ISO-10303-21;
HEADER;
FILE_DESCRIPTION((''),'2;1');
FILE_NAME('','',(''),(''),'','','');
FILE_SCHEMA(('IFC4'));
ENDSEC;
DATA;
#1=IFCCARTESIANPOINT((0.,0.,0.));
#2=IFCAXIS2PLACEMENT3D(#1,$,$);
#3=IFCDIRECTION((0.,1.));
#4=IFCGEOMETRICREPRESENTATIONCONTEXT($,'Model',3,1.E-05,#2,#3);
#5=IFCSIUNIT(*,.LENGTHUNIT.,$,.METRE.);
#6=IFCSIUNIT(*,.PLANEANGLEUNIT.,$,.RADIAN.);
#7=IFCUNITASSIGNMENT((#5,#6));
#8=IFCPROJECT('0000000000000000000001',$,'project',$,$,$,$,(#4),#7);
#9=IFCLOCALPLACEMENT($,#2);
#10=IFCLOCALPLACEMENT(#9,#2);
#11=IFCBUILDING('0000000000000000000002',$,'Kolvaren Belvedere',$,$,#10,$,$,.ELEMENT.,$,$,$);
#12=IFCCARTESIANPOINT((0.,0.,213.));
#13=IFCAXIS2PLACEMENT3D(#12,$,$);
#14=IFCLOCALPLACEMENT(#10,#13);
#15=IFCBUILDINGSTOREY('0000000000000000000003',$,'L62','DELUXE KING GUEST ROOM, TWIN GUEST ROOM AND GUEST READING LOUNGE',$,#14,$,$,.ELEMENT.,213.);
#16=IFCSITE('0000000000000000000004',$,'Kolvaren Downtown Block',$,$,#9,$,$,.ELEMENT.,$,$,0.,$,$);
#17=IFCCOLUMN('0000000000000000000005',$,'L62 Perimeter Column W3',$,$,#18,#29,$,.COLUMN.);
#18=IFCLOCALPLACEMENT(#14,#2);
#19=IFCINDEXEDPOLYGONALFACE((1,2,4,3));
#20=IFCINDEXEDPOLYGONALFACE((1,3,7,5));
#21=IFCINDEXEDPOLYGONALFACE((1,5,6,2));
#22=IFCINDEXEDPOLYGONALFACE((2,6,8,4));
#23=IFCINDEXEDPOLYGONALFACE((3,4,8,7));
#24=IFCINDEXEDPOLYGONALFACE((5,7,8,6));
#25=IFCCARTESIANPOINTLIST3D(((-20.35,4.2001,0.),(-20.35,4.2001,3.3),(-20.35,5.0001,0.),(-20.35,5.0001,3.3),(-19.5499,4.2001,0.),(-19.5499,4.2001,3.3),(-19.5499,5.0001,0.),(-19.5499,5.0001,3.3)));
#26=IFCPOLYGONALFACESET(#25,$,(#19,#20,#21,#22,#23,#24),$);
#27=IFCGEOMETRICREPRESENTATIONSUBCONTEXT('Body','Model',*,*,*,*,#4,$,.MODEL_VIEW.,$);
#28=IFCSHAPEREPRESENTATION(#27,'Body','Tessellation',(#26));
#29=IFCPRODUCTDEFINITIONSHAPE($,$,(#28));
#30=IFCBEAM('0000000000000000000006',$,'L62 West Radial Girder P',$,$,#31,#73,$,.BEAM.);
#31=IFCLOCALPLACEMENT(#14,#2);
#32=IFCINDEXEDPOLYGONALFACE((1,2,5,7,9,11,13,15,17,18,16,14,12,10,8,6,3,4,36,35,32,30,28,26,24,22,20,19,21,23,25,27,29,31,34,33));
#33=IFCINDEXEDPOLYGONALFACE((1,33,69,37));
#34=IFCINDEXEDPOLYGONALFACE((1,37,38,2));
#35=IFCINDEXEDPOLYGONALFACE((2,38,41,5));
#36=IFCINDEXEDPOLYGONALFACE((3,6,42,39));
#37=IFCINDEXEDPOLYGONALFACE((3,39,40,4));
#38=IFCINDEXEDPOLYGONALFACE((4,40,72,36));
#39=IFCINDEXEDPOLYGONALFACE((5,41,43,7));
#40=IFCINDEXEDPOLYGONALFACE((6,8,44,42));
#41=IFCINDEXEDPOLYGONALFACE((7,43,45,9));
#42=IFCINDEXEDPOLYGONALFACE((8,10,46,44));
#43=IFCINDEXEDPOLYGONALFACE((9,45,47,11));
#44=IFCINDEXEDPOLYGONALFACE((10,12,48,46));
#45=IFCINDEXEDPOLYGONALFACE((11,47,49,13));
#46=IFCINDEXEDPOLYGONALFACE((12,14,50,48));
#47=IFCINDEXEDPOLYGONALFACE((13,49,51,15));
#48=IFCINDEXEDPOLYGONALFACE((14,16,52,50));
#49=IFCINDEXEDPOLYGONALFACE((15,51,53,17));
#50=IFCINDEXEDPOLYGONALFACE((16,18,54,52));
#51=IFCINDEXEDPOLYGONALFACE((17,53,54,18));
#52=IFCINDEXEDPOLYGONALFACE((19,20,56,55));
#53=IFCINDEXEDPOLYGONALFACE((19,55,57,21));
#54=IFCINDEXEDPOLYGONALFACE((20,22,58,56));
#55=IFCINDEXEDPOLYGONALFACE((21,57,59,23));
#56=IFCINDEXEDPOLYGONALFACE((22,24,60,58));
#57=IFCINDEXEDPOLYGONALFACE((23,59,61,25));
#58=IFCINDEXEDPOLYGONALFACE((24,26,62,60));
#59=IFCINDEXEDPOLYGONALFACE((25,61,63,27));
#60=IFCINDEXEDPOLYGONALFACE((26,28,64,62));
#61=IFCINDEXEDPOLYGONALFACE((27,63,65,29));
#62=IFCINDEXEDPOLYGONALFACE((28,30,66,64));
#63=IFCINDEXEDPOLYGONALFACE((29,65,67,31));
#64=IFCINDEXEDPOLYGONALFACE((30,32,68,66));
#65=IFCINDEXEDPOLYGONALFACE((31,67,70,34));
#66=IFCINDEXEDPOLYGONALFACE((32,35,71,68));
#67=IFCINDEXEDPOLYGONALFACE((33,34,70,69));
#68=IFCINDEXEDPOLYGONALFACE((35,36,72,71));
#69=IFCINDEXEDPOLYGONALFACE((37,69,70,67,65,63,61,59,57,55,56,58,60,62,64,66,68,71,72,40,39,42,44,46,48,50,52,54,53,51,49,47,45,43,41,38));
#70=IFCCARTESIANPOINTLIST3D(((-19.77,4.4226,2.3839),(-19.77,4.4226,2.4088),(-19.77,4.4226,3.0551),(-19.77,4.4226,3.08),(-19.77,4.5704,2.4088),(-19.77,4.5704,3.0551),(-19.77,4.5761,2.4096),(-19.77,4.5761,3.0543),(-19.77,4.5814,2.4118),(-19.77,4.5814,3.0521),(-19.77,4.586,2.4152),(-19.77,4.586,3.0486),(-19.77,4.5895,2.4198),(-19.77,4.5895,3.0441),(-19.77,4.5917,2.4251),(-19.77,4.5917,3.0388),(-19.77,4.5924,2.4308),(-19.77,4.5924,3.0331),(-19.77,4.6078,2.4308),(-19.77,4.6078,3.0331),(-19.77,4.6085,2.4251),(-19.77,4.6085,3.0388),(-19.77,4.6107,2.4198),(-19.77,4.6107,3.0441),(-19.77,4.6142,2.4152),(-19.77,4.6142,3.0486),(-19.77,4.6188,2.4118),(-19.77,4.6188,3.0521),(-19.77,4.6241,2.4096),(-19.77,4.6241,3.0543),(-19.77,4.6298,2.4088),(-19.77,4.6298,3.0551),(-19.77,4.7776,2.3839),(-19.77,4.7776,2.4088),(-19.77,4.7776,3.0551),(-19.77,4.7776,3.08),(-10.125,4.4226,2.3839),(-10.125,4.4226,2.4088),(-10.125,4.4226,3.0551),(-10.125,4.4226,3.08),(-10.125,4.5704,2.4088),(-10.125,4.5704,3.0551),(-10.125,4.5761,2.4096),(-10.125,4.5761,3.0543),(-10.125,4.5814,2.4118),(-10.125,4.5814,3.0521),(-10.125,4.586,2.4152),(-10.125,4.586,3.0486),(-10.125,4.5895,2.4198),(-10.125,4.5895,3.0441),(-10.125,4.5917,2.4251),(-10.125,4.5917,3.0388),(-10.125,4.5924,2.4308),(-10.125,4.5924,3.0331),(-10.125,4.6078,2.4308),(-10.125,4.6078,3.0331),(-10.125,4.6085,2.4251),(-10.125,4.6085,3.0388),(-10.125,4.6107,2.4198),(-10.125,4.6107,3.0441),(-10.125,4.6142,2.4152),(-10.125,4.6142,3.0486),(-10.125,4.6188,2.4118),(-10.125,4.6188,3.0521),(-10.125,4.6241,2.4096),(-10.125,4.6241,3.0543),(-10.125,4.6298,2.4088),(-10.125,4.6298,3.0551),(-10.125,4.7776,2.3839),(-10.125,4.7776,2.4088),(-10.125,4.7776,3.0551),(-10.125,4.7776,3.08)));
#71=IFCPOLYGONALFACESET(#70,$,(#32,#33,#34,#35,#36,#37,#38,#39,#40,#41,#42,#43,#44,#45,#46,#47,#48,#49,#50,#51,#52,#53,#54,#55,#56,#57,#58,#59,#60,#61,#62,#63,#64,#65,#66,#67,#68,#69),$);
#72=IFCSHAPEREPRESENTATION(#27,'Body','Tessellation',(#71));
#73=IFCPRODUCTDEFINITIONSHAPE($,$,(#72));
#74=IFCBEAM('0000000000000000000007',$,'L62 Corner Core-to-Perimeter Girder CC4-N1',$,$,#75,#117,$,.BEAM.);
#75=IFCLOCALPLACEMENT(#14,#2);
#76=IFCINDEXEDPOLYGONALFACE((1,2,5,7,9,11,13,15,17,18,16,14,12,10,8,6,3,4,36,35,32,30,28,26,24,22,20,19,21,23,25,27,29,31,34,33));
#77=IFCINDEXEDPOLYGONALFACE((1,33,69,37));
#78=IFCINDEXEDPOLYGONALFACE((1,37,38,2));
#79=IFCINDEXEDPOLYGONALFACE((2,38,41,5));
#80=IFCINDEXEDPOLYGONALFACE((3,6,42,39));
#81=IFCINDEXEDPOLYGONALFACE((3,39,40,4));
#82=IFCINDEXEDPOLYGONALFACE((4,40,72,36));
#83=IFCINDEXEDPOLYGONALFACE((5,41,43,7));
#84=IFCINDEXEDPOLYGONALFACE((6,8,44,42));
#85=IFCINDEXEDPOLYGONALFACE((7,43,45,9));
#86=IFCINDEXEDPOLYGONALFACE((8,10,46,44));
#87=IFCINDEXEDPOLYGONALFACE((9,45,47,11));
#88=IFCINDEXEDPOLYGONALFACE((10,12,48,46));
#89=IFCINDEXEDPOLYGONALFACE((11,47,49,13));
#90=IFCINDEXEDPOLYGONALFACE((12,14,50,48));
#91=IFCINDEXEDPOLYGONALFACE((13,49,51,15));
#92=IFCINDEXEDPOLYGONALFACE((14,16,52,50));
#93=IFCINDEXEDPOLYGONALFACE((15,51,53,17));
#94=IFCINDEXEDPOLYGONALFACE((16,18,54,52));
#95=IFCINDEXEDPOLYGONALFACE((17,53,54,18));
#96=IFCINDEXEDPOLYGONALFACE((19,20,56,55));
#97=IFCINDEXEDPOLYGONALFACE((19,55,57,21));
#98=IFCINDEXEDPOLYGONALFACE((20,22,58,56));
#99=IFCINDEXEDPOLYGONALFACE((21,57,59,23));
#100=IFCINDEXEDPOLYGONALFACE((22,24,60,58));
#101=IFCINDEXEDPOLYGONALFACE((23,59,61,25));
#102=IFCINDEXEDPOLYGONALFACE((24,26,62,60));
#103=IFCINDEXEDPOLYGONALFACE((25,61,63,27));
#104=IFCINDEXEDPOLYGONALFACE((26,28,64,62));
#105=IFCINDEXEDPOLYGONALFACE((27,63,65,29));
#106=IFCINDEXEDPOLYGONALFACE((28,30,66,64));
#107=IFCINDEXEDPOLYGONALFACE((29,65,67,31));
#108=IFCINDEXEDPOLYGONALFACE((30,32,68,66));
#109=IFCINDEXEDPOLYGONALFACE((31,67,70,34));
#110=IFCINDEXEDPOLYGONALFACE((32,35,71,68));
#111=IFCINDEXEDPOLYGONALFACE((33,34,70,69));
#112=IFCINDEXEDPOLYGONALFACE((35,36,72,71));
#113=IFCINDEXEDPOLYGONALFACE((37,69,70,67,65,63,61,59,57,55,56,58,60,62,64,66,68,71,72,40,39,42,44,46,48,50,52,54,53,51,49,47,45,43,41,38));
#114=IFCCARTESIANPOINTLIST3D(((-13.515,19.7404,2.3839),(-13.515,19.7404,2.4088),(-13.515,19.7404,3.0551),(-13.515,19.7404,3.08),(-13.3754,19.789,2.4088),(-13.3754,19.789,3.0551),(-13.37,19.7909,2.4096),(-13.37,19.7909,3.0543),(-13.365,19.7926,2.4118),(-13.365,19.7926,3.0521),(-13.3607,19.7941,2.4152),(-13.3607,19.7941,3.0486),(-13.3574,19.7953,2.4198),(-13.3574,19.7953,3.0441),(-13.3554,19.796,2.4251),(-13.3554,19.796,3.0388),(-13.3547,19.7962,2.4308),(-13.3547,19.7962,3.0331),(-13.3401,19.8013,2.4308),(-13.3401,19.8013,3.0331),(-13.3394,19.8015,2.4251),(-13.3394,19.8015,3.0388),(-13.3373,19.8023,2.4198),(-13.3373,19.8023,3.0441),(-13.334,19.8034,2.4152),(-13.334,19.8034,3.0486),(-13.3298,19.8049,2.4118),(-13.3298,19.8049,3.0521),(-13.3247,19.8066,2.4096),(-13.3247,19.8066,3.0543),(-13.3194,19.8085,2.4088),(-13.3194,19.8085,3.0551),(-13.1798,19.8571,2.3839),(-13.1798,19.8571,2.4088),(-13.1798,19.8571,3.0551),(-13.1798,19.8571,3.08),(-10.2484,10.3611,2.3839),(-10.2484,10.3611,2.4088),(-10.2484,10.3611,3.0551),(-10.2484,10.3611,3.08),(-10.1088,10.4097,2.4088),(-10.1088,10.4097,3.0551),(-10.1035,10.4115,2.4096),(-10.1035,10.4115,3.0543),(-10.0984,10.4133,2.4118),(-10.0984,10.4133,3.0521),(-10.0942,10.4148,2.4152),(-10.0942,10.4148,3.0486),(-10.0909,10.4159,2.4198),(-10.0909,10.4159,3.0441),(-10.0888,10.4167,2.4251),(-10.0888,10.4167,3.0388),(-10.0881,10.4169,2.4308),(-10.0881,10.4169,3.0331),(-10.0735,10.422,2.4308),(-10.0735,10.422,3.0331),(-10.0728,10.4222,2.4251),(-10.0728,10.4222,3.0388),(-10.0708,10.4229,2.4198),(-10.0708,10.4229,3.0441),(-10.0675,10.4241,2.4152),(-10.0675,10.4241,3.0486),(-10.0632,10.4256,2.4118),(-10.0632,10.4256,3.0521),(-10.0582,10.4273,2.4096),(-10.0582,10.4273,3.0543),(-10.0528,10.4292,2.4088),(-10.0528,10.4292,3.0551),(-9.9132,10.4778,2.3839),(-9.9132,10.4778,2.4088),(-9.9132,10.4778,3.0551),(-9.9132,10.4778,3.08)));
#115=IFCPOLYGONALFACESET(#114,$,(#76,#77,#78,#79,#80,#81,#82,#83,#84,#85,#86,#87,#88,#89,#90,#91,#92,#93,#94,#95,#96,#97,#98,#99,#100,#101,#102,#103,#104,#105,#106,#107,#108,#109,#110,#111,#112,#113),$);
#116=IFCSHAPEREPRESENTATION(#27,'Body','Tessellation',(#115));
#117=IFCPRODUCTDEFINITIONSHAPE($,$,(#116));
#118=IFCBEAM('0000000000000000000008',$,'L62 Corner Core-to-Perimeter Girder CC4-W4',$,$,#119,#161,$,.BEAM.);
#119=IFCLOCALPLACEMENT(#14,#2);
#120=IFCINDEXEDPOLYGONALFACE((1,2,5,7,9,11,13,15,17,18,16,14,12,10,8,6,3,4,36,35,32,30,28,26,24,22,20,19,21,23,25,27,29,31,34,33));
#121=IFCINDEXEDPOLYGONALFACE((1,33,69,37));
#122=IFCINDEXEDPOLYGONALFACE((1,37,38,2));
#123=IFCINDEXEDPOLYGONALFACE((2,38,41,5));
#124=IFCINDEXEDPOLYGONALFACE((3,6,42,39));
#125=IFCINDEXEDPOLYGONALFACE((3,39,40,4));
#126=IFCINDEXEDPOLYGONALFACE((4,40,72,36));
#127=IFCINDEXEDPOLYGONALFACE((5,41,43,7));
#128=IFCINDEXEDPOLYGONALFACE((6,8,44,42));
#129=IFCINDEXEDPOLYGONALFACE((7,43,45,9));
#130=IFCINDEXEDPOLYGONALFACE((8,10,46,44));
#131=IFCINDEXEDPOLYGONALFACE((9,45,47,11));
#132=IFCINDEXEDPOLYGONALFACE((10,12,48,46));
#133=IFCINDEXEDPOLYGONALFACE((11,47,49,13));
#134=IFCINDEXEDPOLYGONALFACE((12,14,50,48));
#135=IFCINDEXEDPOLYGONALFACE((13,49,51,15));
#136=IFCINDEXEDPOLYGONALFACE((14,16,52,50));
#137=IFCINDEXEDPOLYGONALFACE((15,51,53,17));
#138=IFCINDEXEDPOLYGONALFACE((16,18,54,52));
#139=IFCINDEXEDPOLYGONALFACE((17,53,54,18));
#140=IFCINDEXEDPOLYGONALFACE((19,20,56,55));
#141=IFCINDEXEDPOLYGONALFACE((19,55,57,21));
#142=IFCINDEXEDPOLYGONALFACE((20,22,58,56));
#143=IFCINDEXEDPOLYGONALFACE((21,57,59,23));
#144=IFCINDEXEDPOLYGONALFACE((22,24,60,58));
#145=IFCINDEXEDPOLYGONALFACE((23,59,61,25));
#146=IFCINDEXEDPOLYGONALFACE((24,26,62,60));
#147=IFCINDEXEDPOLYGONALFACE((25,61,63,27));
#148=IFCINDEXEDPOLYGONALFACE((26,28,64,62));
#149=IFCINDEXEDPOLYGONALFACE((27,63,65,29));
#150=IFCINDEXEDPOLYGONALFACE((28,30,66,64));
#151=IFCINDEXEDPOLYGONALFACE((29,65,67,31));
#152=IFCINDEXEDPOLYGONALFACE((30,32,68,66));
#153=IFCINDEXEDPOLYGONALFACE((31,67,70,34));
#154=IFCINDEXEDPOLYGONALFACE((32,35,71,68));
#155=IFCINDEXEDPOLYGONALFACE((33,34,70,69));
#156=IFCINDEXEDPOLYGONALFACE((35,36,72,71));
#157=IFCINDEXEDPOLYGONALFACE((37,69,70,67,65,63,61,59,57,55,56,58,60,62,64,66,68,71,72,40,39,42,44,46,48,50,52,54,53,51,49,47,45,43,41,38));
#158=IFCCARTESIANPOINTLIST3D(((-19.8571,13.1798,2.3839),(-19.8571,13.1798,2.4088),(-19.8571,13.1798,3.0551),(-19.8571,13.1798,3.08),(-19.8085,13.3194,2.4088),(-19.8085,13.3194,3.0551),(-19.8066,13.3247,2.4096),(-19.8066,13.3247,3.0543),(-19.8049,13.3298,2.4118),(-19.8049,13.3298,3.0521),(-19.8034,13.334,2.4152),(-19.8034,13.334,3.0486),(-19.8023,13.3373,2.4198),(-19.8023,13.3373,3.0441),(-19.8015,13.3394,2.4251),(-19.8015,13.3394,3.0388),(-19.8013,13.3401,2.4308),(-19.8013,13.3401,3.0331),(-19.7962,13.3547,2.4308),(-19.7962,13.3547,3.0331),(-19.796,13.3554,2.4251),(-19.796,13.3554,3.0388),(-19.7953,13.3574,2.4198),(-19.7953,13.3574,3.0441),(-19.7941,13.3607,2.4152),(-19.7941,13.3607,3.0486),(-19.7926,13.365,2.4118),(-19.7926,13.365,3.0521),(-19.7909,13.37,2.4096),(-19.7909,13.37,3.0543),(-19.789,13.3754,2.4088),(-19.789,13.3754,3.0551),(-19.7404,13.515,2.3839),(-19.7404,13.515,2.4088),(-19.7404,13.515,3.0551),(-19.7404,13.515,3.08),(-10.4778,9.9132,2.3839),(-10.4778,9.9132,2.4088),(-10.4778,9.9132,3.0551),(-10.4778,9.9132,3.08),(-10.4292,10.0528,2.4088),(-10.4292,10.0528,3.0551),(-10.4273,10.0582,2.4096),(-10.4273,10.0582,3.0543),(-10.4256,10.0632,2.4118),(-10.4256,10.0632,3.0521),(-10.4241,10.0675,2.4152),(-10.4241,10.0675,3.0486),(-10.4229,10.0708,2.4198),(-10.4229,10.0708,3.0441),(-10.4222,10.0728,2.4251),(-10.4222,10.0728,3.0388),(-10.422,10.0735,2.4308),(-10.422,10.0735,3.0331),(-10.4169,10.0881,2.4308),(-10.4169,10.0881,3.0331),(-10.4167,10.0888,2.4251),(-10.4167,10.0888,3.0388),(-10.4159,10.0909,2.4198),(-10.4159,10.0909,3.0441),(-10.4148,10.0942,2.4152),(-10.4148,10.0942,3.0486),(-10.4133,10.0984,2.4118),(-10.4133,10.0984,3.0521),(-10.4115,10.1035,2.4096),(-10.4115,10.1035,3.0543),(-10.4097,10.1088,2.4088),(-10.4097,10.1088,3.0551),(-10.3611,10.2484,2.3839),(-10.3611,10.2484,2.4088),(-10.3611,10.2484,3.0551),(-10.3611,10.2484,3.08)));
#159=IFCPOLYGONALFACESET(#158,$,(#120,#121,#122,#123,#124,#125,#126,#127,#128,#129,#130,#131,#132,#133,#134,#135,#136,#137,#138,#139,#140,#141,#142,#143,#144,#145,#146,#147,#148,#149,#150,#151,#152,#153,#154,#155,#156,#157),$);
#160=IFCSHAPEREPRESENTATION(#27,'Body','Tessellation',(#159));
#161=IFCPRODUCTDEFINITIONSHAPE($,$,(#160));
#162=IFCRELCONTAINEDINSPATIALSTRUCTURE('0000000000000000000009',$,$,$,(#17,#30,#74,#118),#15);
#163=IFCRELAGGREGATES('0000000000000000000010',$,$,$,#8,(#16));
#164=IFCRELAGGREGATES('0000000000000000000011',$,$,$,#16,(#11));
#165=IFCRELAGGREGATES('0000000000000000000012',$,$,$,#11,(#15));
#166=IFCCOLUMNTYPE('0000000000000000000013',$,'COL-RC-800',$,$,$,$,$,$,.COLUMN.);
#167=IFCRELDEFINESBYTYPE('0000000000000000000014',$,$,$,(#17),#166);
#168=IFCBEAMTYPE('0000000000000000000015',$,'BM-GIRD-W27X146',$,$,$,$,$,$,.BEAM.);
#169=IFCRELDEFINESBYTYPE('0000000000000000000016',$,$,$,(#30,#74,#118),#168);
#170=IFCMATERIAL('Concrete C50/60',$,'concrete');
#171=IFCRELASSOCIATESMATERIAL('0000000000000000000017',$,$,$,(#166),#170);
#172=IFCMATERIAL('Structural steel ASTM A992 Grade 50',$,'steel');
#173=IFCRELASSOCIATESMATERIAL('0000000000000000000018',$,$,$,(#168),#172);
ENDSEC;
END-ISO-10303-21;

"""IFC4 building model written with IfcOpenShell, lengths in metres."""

from ifc_helpers import new_model, si_unit, direction, frame, origin, origin_2d, place, context, subcontext, project, spatial, rectangle, i_section, extrude, material, material_profile, profile_set, type_object, element, save


model = new_model("IFC4")

# Units and contexts
model_context = context("Model", 3, precision=1e-05, world=origin(), true_north=direction((0.0, 1.0)))
body_context = subcontext(model_context, "Body", "Model", "MODEL_VIEW")
ifc_project = project(units=[si_unit("LENGTHUNIT", "METRE"), si_unit("PLANEANGLEUNIT", "RADIAN")], contexts=[model_context])

# Site, building, storey
site_placement = place(None, origin())
site = spatial("IfcSite", under=ifc_project, at=site_placement, Name="Kolvaren Downtown Block", CompositionType="ELEMENT", RefElevation=0.0)
building_placement = place(site_placement, origin())
building = spatial("IfcBuilding", under=site, at=building_placement, Name="Kolvaren Belvedere", CompositionType="ELEMENT")
storey_placement = place(building_placement, frame((0.0, 0.0, 213.0)))
storey = spatial("IfcBuildingStorey", under=building, at=storey_placement, Name="L62", Description="DELUXE KING GUEST ROOM, TWIN GUEST ROOM AND GUEST READING LOUNGE", CompositionType="ELEMENT", Elevation=213.0)

# Column
ifc_material_1 = material(Name="Concrete C50/60", Category="concrete")
ifc_material_profile_1 = material_profile(ifc_material_1, rectangle(XDim=0.8, YDim=0.8, at=origin_2d()), Name="RC 800X800")
ifc_profile_set_1 = profile_set([ifc_material_profile_1], Name="Concrete C50/60")
column_type = type_object("IfcColumnType", Name="COL-RC-800", PredefinedType="COLUMN", material=ifc_profile_set_1)
column_placement = place(storey_placement, frame((-19.95, 4.6001, 0.0), z_axis=(0.0, 0.0, 1.0), x_axis=(1.0, 0.0, 0.0)))
element("IfcColumn", 1, at=column_placement, inside=storey, type_object=column_type, Name="L62 Perimeter Column W3", PredefinedType="COLUMN", context=body_context, shape_type="SweptSolid", body=[
    extrude(rectangle(XDim=0.8, YDim=0.8, at=origin_2d()), origin(), (0.0, 0.0, 1.0), 3.3),
])

# Beams
ifc_material_2 = material(Name="Structural steel ASTM A992 Grade 50", Category="steel")
ifc_material_profile_2 = material_profile(ifc_material_2, i_section(OverallWidth=0.355, OverallDepth=0.696, WebThickness=0.0154, FlangeThickness=0.0249, FilletRadius=0.022, at=origin_2d()), Name="W27X146")
ifc_profile_set_2 = profile_set([ifc_material_profile_2], Name="Structural steel ASTM A992 Grade 50")
beam_type_1 = type_object("IfcBeamType", Name="BM-GIRD-W27X146", PredefinedType="BEAM", material=ifc_profile_set_2)
beam_1_placement = place(storey_placement, frame((-10.125, 4.6001, 2.7319), z_axis=(-1.0, 0.0, 0.0), x_axis=(0.0, -1.0, 0.0)))
element("IfcBeam", 2, at=beam_1_placement, inside=storey, type_object=beam_type_1, Name="L62 West Radial Girder P", PredefinedType="BEAM", context=body_context, shape_type="SweptSolid", body=[
    extrude(i_section(OverallWidth=0.355, OverallDepth=0.696, WebThickness=0.0154, FlangeThickness=0.0249, FilletRadius=0.022, at=origin_2d()), origin(), (0.0, 0.0, 1.0), 9.645),
])
for number, where, z_axis, x_axis, name in (
    (3, (-10.0808, 10.4194, 2.7319), (-0.328898, 0.944365, 0.0), (-0.944365, -0.328898, 0.0), "L62 Corner Core-to-Perimeter Girder CC4-N1"),
    (4, (-10.4194, 10.0808, 2.7319), (-0.944365, 0.328898, 0.0), (-0.328898, -0.944365, 0.0), "L62 Corner Core-to-Perimeter Girder CC4-W4"),
):
    element("IfcBeam", number, at=place(storey_placement, frame(where, z_axis=z_axis, x_axis=x_axis)), inside=storey, type_object=beam_type_1, Name=name, PredefinedType="BEAM", context=body_context, shape_type="SweptSolid", body=[
        extrude(i_section(OverallWidth=0.355, OverallDepth=0.696, WebThickness=0.0154, FlangeThickness=0.0249, FilletRadius=0.022, at=origin_2d()), origin(), (0.0, 0.0, 1.0), 9.9319),
    ])

save(model, "model.ifc")
